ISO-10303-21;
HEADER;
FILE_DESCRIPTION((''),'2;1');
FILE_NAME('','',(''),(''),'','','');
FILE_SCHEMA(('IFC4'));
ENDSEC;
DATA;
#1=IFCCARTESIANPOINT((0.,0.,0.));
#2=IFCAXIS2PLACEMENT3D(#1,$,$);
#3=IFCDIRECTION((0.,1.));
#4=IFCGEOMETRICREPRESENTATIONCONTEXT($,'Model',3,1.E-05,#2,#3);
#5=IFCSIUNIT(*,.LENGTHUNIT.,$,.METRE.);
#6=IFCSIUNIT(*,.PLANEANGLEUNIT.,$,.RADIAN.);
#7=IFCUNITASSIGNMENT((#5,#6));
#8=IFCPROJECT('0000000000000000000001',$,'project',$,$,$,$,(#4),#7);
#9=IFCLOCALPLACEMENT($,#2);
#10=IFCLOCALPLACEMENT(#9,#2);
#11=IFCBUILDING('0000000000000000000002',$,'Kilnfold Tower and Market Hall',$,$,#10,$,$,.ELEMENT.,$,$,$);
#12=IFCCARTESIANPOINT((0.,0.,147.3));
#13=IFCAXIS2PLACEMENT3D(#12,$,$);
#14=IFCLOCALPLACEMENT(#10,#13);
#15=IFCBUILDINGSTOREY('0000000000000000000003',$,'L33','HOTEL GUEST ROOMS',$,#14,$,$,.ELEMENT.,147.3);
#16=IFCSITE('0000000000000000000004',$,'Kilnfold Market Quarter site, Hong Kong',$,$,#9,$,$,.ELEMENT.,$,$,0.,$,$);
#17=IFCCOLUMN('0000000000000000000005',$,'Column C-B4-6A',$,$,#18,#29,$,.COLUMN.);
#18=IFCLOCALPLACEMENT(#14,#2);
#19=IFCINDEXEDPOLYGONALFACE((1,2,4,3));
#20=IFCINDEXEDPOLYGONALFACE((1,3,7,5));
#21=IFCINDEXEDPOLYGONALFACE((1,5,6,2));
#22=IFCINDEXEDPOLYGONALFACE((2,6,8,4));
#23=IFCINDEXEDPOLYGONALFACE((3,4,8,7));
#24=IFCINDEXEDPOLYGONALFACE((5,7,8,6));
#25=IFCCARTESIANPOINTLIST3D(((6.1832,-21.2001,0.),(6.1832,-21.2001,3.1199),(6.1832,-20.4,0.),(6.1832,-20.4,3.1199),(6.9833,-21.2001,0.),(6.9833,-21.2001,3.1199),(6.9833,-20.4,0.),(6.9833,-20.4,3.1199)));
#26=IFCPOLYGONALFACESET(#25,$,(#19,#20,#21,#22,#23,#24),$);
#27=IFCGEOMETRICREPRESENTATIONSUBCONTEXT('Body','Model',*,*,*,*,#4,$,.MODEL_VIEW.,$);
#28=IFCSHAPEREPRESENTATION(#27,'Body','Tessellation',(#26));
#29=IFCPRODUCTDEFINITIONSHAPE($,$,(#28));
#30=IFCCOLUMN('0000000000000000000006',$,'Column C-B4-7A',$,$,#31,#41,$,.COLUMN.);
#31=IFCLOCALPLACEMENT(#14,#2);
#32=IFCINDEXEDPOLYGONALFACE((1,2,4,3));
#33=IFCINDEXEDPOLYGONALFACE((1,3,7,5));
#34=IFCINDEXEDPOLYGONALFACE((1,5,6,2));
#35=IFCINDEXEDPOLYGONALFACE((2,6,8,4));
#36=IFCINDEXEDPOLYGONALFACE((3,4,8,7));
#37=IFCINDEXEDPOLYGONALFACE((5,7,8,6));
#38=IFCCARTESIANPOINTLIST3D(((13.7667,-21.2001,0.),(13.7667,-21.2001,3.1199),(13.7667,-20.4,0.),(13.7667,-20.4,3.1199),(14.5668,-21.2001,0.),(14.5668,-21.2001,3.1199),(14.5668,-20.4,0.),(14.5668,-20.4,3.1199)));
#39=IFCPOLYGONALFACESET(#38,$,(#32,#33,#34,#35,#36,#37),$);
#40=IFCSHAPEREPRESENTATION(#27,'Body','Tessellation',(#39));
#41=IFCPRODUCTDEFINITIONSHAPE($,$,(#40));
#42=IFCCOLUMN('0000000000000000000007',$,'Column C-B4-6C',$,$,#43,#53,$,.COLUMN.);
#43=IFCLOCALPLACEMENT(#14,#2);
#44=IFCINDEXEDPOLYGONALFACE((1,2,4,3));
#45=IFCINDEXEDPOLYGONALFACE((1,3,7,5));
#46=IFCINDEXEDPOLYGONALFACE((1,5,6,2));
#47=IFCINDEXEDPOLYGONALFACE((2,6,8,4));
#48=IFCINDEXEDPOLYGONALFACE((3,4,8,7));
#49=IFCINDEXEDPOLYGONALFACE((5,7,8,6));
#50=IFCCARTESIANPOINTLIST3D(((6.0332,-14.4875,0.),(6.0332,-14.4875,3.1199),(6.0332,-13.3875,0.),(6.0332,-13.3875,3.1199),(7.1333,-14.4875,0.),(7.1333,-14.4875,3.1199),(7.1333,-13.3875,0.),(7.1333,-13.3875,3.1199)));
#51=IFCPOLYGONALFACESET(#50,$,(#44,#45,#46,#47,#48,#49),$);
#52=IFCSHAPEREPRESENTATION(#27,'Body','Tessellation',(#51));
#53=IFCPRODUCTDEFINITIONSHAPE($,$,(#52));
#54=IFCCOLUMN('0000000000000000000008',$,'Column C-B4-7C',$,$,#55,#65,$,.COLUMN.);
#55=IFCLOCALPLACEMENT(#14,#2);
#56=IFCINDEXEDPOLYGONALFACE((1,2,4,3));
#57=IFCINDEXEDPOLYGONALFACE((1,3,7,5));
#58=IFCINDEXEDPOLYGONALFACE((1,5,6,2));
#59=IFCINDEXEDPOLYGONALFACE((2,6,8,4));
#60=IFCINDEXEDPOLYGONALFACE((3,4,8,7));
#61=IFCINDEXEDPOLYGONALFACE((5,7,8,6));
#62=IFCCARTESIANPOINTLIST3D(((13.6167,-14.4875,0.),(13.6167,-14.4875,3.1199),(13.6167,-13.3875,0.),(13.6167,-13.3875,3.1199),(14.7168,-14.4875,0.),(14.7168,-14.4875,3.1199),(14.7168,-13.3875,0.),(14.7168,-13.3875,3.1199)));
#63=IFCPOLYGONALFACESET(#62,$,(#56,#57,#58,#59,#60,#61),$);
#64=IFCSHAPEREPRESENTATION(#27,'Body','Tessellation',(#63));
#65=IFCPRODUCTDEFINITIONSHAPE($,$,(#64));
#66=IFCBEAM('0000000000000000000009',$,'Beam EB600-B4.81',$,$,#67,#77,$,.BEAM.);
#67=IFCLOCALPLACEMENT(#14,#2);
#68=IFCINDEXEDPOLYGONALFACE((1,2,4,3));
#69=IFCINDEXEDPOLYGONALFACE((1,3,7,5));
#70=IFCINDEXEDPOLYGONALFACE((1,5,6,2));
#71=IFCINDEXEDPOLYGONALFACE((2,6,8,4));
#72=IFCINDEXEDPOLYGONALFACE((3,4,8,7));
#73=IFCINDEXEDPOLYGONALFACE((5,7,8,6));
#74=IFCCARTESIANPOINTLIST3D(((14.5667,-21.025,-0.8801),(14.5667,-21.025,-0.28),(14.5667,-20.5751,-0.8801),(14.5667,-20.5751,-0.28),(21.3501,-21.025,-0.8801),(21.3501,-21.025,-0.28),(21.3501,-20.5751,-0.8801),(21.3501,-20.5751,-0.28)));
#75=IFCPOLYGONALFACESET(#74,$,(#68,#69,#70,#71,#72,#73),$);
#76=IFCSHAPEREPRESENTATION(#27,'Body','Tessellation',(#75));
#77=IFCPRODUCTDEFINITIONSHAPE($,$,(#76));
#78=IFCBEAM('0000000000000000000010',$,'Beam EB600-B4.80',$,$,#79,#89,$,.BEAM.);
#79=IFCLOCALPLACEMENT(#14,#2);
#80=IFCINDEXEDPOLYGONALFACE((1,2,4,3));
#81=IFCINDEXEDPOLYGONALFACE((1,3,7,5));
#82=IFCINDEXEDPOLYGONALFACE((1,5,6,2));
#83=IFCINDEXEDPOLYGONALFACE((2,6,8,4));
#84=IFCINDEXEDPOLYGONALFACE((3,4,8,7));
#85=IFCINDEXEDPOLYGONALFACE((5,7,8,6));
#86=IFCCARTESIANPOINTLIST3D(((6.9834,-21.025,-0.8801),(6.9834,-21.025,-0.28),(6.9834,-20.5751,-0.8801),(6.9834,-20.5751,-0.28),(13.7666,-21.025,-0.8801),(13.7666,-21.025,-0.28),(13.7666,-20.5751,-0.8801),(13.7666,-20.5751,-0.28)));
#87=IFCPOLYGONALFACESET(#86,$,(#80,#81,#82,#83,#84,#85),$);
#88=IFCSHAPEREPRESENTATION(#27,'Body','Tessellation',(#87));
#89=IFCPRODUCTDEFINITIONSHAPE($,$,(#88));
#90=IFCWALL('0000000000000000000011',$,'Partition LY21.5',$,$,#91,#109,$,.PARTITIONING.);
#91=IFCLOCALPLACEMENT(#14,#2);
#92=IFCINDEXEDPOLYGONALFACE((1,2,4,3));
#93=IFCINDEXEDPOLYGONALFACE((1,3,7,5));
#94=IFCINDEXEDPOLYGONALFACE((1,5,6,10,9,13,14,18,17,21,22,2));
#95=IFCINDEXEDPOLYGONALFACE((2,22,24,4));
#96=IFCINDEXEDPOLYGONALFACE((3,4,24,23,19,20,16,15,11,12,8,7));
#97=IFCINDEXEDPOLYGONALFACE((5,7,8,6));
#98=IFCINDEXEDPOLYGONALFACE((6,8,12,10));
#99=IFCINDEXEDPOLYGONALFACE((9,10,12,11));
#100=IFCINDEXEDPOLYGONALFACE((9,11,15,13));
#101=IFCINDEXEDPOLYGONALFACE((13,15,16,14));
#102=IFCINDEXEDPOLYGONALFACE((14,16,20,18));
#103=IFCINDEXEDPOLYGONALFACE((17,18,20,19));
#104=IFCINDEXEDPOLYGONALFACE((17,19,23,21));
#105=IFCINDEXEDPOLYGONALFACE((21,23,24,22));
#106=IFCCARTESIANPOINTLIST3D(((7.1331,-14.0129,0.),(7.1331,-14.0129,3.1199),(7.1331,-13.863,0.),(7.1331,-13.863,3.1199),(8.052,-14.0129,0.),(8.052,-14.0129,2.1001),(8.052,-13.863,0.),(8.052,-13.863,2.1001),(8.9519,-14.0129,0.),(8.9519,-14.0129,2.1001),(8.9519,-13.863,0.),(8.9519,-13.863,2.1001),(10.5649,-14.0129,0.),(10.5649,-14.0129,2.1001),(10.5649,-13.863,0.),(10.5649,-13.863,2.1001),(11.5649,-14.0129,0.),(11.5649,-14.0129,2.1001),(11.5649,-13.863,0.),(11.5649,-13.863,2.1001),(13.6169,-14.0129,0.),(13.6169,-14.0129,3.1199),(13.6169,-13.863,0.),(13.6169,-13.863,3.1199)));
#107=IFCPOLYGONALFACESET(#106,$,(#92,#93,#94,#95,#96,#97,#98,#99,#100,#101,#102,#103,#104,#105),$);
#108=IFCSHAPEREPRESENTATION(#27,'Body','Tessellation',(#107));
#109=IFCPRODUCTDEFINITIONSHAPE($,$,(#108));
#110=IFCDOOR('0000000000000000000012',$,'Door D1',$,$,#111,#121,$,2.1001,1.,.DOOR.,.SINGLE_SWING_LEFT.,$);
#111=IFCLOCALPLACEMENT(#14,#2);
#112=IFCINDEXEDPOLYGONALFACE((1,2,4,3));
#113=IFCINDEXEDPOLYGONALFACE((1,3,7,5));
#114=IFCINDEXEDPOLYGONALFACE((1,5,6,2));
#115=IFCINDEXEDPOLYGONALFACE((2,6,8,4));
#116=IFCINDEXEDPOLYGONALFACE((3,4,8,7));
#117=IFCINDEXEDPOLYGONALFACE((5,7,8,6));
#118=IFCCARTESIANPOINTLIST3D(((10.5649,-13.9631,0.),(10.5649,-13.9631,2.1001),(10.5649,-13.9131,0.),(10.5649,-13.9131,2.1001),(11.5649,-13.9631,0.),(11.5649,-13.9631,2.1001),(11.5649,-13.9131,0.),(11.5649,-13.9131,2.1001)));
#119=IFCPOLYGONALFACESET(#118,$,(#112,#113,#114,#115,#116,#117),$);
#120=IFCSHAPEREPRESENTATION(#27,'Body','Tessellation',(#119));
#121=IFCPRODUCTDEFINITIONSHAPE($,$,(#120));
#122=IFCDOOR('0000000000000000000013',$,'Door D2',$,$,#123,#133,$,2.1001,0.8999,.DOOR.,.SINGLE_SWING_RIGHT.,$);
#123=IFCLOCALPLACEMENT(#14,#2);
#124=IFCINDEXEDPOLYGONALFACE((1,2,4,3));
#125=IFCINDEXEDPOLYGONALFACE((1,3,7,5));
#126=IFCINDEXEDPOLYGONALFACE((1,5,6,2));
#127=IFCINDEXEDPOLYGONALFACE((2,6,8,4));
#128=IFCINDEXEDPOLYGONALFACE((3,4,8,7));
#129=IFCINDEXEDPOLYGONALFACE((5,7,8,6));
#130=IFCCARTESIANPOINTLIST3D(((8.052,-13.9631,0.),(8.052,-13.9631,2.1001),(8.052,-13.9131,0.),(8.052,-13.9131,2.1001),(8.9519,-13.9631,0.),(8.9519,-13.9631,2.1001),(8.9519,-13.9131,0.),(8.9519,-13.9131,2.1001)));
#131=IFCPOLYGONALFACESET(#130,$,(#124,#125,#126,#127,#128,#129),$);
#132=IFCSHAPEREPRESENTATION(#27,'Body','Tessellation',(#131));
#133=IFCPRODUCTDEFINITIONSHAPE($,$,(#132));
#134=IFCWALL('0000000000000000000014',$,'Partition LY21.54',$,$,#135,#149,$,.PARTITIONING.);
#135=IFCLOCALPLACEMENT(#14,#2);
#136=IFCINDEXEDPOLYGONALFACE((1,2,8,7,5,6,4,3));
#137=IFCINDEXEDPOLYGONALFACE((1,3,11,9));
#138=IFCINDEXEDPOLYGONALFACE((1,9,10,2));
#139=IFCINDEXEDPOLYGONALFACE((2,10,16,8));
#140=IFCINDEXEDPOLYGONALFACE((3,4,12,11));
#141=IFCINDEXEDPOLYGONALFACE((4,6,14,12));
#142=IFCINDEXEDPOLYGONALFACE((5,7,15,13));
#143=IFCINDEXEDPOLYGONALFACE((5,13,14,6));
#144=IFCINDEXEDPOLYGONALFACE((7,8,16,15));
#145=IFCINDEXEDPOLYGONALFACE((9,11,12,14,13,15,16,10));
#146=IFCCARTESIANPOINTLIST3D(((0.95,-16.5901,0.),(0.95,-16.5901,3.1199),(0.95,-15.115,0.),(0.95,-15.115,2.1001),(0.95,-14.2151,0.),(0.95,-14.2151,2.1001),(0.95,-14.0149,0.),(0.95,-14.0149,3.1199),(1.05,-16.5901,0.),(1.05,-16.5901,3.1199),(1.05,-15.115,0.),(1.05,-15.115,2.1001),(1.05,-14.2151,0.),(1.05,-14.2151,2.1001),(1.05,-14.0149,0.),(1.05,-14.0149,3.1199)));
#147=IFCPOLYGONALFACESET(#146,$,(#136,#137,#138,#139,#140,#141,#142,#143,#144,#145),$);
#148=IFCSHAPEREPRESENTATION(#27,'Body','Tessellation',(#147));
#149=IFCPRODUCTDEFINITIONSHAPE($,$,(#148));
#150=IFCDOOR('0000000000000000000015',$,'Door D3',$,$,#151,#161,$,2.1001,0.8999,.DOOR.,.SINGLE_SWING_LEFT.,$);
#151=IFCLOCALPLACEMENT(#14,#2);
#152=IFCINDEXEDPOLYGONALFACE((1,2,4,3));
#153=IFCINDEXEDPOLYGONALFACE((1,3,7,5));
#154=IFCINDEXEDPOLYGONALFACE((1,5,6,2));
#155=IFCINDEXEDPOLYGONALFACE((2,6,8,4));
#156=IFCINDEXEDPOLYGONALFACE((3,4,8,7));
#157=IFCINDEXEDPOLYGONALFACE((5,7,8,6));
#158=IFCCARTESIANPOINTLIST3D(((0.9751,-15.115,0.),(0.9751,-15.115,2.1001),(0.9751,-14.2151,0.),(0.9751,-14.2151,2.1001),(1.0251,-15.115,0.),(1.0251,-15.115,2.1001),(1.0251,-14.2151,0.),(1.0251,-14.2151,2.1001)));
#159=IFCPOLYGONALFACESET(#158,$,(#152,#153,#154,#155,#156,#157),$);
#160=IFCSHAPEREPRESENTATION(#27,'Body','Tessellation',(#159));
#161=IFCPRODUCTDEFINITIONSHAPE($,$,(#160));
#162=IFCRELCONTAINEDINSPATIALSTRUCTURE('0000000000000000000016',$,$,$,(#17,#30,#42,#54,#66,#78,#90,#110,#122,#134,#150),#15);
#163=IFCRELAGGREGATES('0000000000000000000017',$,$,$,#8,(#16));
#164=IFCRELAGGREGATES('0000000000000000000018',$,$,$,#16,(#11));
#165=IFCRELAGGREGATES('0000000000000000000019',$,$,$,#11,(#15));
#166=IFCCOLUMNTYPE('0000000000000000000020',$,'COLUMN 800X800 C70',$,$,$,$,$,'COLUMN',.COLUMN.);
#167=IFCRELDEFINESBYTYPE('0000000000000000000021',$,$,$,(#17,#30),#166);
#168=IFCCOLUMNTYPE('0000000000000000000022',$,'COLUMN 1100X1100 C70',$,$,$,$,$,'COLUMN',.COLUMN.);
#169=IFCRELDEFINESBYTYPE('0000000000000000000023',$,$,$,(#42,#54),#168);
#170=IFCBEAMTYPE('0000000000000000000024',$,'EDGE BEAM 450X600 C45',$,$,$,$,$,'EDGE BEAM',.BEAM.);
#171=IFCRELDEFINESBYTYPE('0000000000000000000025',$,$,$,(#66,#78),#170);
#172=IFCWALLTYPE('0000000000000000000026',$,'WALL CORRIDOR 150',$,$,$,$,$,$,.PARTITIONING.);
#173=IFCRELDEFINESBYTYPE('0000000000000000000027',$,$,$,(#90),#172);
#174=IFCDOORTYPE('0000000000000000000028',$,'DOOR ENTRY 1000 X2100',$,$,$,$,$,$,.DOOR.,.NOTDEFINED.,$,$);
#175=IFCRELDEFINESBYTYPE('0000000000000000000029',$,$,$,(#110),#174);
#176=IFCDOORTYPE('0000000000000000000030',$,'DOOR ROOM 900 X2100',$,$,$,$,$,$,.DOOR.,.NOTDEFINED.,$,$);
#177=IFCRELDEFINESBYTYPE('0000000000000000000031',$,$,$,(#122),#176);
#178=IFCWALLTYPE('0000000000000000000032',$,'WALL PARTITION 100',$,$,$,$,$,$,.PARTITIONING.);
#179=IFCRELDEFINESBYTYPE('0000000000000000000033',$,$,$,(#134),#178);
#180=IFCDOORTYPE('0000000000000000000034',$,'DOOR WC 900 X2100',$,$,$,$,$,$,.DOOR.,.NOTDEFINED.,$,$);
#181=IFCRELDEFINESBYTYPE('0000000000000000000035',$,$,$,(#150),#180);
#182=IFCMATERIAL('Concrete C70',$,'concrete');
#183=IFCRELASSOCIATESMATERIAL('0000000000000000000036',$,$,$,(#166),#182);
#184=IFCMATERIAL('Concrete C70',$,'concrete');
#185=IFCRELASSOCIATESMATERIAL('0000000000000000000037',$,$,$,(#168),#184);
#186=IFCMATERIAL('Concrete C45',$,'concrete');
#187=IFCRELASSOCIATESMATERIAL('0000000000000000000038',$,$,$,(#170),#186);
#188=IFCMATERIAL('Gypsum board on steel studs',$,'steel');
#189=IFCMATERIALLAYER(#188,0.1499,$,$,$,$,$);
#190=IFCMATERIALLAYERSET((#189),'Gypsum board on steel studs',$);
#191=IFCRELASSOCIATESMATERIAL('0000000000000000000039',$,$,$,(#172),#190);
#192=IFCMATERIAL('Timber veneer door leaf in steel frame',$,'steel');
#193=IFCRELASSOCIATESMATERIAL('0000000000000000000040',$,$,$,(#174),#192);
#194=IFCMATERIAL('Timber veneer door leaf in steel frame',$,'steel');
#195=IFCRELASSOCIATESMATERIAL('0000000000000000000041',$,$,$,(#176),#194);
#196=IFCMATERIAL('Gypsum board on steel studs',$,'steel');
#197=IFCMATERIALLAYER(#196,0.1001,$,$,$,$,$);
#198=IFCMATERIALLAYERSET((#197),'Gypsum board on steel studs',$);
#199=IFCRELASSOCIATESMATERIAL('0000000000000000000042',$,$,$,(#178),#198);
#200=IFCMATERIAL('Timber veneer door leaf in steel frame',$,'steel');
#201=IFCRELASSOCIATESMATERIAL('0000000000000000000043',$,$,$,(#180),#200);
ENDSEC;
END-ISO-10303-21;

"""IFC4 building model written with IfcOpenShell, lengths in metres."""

from ifc_helpers import new_model, si_unit, direction, frame, frame_2d, origin, origin_2d, place, context, subcontext, project, spatial, rectangle, extrude, source, transform, mapped, material, layer, layer_set, material_profile, profile_set, type_object, element, fill, save


model = new_model("IFC4")

# Units and contexts
model_context = context("Model", 3, precision=1e-05, world=origin(), true_north=direction((0.0, 1.0)))
body_context = subcontext(model_context, "Body", "Model", "MODEL_VIEW")
ifc_project = project(units=[si_unit("LENGTHUNIT", "METRE"), si_unit("PLANEANGLEUNIT", "RADIAN")], contexts=[model_context])

# Site, building, storey
site_placement = place(None, origin())
site = spatial("IfcSite", under=ifc_project, at=site_placement, Name="Kilnfold Market Quarter site, Hong Kong", CompositionType="ELEMENT", RefElevation=0.0)
building_placement = place(site_placement, origin())
building = spatial("IfcBuilding", under=site, at=building_placement, Name="Kilnfold Tower and Market Hall", CompositionType="ELEMENT")
storey_placement = place(building_placement, frame((0.0, 0.0, 147.3)))
storey = spatial("IfcBuildingStorey", under=building, at=storey_placement, Name="L33", Description="HOTEL GUEST ROOMS", CompositionType="ELEMENT", Elevation=147.3)

# Columns
ifc_material_1 = material(Name="Concrete C70", Category="concrete")
ifc_material_profile_1 = material_profile(ifc_material_1, rectangle(XDim=0.8, YDim=0.8, at=origin_2d()), Name="RC 800x800")
ifc_profile_set_1 = profile_set([ifc_material_profile_1], Name="Concrete C70")
column_type_1 = type_object("IfcColumnType", Name="COLUMN 800X800 C70", ElementType="COLUMN", PredefinedType="COLUMN", material=ifc_profile_set_1)
shared_shape_1 = source(origin(), body_context, "Body", "SweptSolid", [
    extrude(rectangle(XDim=0.8, YDim=0.8, at=origin_2d()), origin(), (0.0, 0.0, 1.0), 3.1199),
])
for number, where, z_axis, x_axis, name in (
    (1, (6.5833, -20.8, 0.0), (0.0, 0.0, 1.0), (1.0, 0.0, 0.0), "Column C-B4-6A"),
    (2, (14.1667, -20.8, 0.0), (0.0, 0.0, 1.0), (1.0, 0.0, 0.0), "Column C-B4-7A"),
):
    element("IfcColumn", number, at=place(storey_placement, frame(where, z_axis=z_axis, x_axis=x_axis)), inside=storey, type_object=column_type_1, Name=name, PredefinedType="COLUMN", context=body_context, shape_type="MappedRepresentation", body=[
        mapped(shared_shape_1, transform((0.0, 0.0, 0.0))),
    ])
ifc_material_2 = material(Name="Concrete C70", Category="concrete")
ifc_material_profile_2 = material_profile(ifc_material_2, rectangle(XDim=1.1001, YDim=1.1001, at=origin_2d()), Name="RC 1100x1100")
ifc_profile_set_2 = profile_set([ifc_material_profile_2], Name="Concrete C70")
column_type_2 = type_object("IfcColumnType", Name="COLUMN 1100X1100 C70", ElementType="COLUMN", PredefinedType="COLUMN", material=ifc_profile_set_2)
shared_shape_2 = source(origin(), body_context, "Body", "SweptSolid", [
    extrude(rectangle(XDim=1.1001, YDim=1.1001, at=origin_2d()), origin(), (0.0, 0.0, 1.0), 3.1199),
])
for number, where, z_axis, x_axis, name in (
    (3, (6.5833, -13.9375, 0.0), (0.0, 0.0, 1.0), (1.0, 0.0, 0.0), "Column C-B4-6C"),
    (4, (14.1667, -13.9375, 0.0), (0.0, 0.0, 1.0), (1.0, 0.0, 0.0), "Column C-B4-7C"),
):
    element("IfcColumn", number, at=place(storey_placement, frame(where, z_axis=z_axis, x_axis=x_axis)), inside=storey, type_object=column_type_2, Name=name, PredefinedType="COLUMN", context=body_context, shape_type="MappedRepresentation", body=[
        mapped(shared_shape_2, transform((0.0, 0.0, 0.0))),
    ])

# Beams
ifc_material_3 = material(Name="Concrete C45", Category="concrete")
ifc_material_profile_3 = material_profile(ifc_material_3, rectangle(XDim=0.45, YDim=0.6001, at=origin_2d()), Name="RC 450x600")
ifc_profile_set_3 = profile_set([ifc_material_profile_3], Name="Concrete C45")
beam_type = type_object("IfcBeamType", Name="EDGE BEAM 450X600 C45", ElementType="EDGE BEAM", PredefinedType="BEAM", material=ifc_profile_set_3)
shared_shape_3 = source(origin(), body_context, "Body", "SweptSolid", [
    extrude(rectangle(XDim=0.45, YDim=0.6001, at=origin_2d()), origin(), (0.0, 0.0, 1.0), 6.7834),
])
beam_1_placement = place(storey_placement, frame((14.5667, -20.8, -0.5801), z_axis=(1.0, 0.0, 0.0), x_axis=(0.0, 1.0, 0.0)))
element("IfcBeam", 5, at=beam_1_placement, inside=storey, type_object=beam_type, Name="Beam EB600-B4.81", PredefinedType="BEAM", context=body_context, shape_type="MappedRepresentation", body=[
    mapped(shared_shape_3, transform((0.0, 0.0, 0.0))),
])
shared_shape_4 = source(origin(), body_context, "Body", "SweptSolid", [
    extrude(rectangle(XDim=0.45, YDim=0.6001, at=origin_2d()), origin(), (0.0, 0.0, 1.0), 6.7832),
])
beam_2_placement = place(storey_placement, frame((6.9834, -20.8, -0.5801), z_axis=(1.0, 0.0, 0.0), x_axis=(0.0, 1.0, 0.0)))
element("IfcBeam", 6, at=beam_2_placement, inside=storey, type_object=beam_type, Name="Beam EB600-B4.80", PredefinedType="BEAM", context=body_context, shape_type="MappedRepresentation", body=[
    mapped(shared_shape_4, transform((0.0, 0.0, 0.0))),
])

# Wall, openings, doors
ifc_material_4 = material(Name="Gypsum board on steel studs", Category="steel")
ifc_layer_1 = layer(ifc_material_4, 0.1499)
ifc_layer_set_1 = layer_set([ifc_layer_1], Name="Gypsum board on steel studs")
wall_type_1 = type_object("IfcWallType", Name="WALL CORRIDOR 150", PredefinedType="PARTITIONING", material=ifc_layer_set_1)
wall_1_placement = place(storey_placement, frame((7.1331, -13.938, 0.0), z_axis=(0.0, 0.0, 1.0), x_axis=(1.0, 0.0, 0.0)))
wall_1 = element("IfcWall", 7, at=wall_1_placement, inside=storey, type_object=wall_type_1, Name="Partition LY21.5", PredefinedType="PARTITIONING", context=body_context, shape_type="SweptSolid", body=[
    extrude(rectangle(XDim=6.4839, YDim=0.1499, at=frame_2d((3.2419, 0.0))), origin(), (0.0, 0.0, 1.0), 3.1199),
])
opening_1_placement = place(wall_1_placement, frame((0.9189, 0.0, 0.0)))
opening_1 = element("IfcOpeningElement", 8, at=opening_1_placement, cuts=wall_1, PredefinedType="OPENING", context=body_context, shape_type="SweptSolid", body=[
    extrude(rectangle(XDim=0.8999, YDim=2.1001, at=frame_2d((0.45, 1.05))), frame((0.0, 0.085, 0.0), z_axis=(0.0, -1.0, 0.0), x_axis=(1.0, 0.0, 0.0)), (0.0, 0.0, 1.0), 0.1699),
])
opening_2_placement = place(wall_1_placement, frame((3.4319, 0.0, 0.0)))
opening_2 = element("IfcOpeningElement", 9, at=opening_2_placement, cuts=wall_1, PredefinedType="OPENING", context=body_context, shape_type="SweptSolid", body=[
    extrude(rectangle(XDim=1.0, YDim=2.1001, at=frame_2d((0.5, 1.05))), frame((0.0, 0.085, 0.0), z_axis=(0.0, -1.0, 0.0), x_axis=(1.0, 0.0, 0.0)), (0.0, 0.0, 1.0), 0.1699),
])
ifc_material_5 = material(Name="Timber veneer door leaf in steel frame", Category="steel")
door_type_1 = type_object("IfcDoorType", Name="DOOR ENTRY 1000 X2100", OperationType="NOTDEFINED", PredefinedType="DOOR", material=ifc_material_5)
door_1_placement = place(opening_2_placement, origin())
door_1 = element("IfcDoor", 10, at=door_1_placement, inside=storey, type_object=door_type_1, Name="Door D1", OperationType="SINGLE_SWING_LEFT", OverallHeight=2.1001, OverallWidth=1.0, PredefinedType="DOOR", context=body_context, shape_type="SweptSolid", body=[
    extrude(rectangle(XDim=1.0, YDim=2.1001, at=frame_2d((0.5, 1.05))), frame((0.0, 0.0249, 0.0), z_axis=(0.0, -1.0, 0.0), x_axis=(1.0, 0.0, 0.0)), (0.0, 0.0, 1.0), 0.05),
])
fill(opening_2, door_1)
ifc_material_6 = material(Name="Timber veneer door leaf in steel frame", Category="steel")
door_type_2 = type_object("IfcDoorType", Name="DOOR ROOM 900 X2100", OperationType="NOTDEFINED", PredefinedType="DOOR", material=ifc_material_6)
door_2_placement = place(opening_1_placement, origin())
door_2 = element("IfcDoor", 11, at=door_2_placement, inside=storey, type_object=door_type_2, Name="Door D2", OperationType="SINGLE_SWING_RIGHT", OverallHeight=2.1001, OverallWidth=0.8999, PredefinedType="DOOR", context=body_context, shape_type="SweptSolid", body=[
    extrude(rectangle(XDim=0.8999, YDim=2.1001, at=frame_2d((0.45, 1.05))), frame((0.0, 0.0249, 0.0), z_axis=(0.0, -1.0, 0.0), x_axis=(1.0, 0.0, 0.0)), (0.0, 0.0, 1.0), 0.05),
])
fill(opening_1, door_2)

# Wall, opening, door
ifc_material_7 = material(Name="Gypsum board on steel studs", Category="steel")
ifc_layer_2 = layer(ifc_material_7, 0.1001)
ifc_layer_set_2 = layer_set([ifc_layer_2], Name="Gypsum board on steel studs")
wall_type_2 = type_object("IfcWallType", Name="WALL PARTITION 100", PredefinedType="PARTITIONING", material=ifc_layer_set_2)
wall_2_placement = place(storey_placement, frame((1.0, -16.5901, 0.0), z_axis=(0.0, 0.0, 1.0), x_axis=(0.0, 1.0, 0.0)))
wall_2 = element("IfcWall", 12, at=wall_2_placement, inside=storey, type_object=wall_type_2, Name="Partition LY21.54", PredefinedType="PARTITIONING", context=body_context, shape_type="SweptSolid", body=[
    extrude(rectangle(XDim=2.5752, YDim=0.1001, at=frame_2d((1.2876, 0.0))), origin(), (0.0, 0.0, 1.0), 3.1199),
])
opening_3_placement = place(wall_2_placement, frame((1.4751, 0.0, 0.0)))
opening_3 = element("IfcOpeningElement", 13, at=opening_3_placement, cuts=wall_2, PredefinedType="OPENING", context=body_context, shape_type="SweptSolid", body=[
    extrude(rectangle(XDim=0.8999, YDim=2.1001, at=frame_2d((0.45, 1.05))), frame((0.0, 0.0601, 0.0), z_axis=(0.0, -1.0, 0.0), x_axis=(1.0, 0.0, 0.0)), (0.0, 0.0, 1.0), 0.1201),
])
ifc_material_8 = material(Name="Timber veneer door leaf in steel frame", Category="steel")
door_type_3 = type_object("IfcDoorType", Name="DOOR WC 900 X2100", OperationType="NOTDEFINED", PredefinedType="DOOR", material=ifc_material_8)
door_3_placement = place(opening_3_placement, origin())
door_3 = element("IfcDoor", 14, at=door_3_placement, inside=storey, type_object=door_type_3, Name="Door D3", OperationType="SINGLE_SWING_LEFT", OverallHeight=2.1001, OverallWidth=0.8999, PredefinedType="DOOR", context=body_context, shape_type="SweptSolid", body=[
    extrude(rectangle(XDim=0.8999, YDim=2.1001, at=frame_2d((0.45, 1.05))), frame((0.0, 0.0249, 0.0), z_axis=(0.0, -1.0, 0.0), x_axis=(1.0, 0.0, 0.0)), (0.0, 0.0, 1.0), 0.05),
])
fill(opening_3, door_3)

save(model, "model.ifc")
